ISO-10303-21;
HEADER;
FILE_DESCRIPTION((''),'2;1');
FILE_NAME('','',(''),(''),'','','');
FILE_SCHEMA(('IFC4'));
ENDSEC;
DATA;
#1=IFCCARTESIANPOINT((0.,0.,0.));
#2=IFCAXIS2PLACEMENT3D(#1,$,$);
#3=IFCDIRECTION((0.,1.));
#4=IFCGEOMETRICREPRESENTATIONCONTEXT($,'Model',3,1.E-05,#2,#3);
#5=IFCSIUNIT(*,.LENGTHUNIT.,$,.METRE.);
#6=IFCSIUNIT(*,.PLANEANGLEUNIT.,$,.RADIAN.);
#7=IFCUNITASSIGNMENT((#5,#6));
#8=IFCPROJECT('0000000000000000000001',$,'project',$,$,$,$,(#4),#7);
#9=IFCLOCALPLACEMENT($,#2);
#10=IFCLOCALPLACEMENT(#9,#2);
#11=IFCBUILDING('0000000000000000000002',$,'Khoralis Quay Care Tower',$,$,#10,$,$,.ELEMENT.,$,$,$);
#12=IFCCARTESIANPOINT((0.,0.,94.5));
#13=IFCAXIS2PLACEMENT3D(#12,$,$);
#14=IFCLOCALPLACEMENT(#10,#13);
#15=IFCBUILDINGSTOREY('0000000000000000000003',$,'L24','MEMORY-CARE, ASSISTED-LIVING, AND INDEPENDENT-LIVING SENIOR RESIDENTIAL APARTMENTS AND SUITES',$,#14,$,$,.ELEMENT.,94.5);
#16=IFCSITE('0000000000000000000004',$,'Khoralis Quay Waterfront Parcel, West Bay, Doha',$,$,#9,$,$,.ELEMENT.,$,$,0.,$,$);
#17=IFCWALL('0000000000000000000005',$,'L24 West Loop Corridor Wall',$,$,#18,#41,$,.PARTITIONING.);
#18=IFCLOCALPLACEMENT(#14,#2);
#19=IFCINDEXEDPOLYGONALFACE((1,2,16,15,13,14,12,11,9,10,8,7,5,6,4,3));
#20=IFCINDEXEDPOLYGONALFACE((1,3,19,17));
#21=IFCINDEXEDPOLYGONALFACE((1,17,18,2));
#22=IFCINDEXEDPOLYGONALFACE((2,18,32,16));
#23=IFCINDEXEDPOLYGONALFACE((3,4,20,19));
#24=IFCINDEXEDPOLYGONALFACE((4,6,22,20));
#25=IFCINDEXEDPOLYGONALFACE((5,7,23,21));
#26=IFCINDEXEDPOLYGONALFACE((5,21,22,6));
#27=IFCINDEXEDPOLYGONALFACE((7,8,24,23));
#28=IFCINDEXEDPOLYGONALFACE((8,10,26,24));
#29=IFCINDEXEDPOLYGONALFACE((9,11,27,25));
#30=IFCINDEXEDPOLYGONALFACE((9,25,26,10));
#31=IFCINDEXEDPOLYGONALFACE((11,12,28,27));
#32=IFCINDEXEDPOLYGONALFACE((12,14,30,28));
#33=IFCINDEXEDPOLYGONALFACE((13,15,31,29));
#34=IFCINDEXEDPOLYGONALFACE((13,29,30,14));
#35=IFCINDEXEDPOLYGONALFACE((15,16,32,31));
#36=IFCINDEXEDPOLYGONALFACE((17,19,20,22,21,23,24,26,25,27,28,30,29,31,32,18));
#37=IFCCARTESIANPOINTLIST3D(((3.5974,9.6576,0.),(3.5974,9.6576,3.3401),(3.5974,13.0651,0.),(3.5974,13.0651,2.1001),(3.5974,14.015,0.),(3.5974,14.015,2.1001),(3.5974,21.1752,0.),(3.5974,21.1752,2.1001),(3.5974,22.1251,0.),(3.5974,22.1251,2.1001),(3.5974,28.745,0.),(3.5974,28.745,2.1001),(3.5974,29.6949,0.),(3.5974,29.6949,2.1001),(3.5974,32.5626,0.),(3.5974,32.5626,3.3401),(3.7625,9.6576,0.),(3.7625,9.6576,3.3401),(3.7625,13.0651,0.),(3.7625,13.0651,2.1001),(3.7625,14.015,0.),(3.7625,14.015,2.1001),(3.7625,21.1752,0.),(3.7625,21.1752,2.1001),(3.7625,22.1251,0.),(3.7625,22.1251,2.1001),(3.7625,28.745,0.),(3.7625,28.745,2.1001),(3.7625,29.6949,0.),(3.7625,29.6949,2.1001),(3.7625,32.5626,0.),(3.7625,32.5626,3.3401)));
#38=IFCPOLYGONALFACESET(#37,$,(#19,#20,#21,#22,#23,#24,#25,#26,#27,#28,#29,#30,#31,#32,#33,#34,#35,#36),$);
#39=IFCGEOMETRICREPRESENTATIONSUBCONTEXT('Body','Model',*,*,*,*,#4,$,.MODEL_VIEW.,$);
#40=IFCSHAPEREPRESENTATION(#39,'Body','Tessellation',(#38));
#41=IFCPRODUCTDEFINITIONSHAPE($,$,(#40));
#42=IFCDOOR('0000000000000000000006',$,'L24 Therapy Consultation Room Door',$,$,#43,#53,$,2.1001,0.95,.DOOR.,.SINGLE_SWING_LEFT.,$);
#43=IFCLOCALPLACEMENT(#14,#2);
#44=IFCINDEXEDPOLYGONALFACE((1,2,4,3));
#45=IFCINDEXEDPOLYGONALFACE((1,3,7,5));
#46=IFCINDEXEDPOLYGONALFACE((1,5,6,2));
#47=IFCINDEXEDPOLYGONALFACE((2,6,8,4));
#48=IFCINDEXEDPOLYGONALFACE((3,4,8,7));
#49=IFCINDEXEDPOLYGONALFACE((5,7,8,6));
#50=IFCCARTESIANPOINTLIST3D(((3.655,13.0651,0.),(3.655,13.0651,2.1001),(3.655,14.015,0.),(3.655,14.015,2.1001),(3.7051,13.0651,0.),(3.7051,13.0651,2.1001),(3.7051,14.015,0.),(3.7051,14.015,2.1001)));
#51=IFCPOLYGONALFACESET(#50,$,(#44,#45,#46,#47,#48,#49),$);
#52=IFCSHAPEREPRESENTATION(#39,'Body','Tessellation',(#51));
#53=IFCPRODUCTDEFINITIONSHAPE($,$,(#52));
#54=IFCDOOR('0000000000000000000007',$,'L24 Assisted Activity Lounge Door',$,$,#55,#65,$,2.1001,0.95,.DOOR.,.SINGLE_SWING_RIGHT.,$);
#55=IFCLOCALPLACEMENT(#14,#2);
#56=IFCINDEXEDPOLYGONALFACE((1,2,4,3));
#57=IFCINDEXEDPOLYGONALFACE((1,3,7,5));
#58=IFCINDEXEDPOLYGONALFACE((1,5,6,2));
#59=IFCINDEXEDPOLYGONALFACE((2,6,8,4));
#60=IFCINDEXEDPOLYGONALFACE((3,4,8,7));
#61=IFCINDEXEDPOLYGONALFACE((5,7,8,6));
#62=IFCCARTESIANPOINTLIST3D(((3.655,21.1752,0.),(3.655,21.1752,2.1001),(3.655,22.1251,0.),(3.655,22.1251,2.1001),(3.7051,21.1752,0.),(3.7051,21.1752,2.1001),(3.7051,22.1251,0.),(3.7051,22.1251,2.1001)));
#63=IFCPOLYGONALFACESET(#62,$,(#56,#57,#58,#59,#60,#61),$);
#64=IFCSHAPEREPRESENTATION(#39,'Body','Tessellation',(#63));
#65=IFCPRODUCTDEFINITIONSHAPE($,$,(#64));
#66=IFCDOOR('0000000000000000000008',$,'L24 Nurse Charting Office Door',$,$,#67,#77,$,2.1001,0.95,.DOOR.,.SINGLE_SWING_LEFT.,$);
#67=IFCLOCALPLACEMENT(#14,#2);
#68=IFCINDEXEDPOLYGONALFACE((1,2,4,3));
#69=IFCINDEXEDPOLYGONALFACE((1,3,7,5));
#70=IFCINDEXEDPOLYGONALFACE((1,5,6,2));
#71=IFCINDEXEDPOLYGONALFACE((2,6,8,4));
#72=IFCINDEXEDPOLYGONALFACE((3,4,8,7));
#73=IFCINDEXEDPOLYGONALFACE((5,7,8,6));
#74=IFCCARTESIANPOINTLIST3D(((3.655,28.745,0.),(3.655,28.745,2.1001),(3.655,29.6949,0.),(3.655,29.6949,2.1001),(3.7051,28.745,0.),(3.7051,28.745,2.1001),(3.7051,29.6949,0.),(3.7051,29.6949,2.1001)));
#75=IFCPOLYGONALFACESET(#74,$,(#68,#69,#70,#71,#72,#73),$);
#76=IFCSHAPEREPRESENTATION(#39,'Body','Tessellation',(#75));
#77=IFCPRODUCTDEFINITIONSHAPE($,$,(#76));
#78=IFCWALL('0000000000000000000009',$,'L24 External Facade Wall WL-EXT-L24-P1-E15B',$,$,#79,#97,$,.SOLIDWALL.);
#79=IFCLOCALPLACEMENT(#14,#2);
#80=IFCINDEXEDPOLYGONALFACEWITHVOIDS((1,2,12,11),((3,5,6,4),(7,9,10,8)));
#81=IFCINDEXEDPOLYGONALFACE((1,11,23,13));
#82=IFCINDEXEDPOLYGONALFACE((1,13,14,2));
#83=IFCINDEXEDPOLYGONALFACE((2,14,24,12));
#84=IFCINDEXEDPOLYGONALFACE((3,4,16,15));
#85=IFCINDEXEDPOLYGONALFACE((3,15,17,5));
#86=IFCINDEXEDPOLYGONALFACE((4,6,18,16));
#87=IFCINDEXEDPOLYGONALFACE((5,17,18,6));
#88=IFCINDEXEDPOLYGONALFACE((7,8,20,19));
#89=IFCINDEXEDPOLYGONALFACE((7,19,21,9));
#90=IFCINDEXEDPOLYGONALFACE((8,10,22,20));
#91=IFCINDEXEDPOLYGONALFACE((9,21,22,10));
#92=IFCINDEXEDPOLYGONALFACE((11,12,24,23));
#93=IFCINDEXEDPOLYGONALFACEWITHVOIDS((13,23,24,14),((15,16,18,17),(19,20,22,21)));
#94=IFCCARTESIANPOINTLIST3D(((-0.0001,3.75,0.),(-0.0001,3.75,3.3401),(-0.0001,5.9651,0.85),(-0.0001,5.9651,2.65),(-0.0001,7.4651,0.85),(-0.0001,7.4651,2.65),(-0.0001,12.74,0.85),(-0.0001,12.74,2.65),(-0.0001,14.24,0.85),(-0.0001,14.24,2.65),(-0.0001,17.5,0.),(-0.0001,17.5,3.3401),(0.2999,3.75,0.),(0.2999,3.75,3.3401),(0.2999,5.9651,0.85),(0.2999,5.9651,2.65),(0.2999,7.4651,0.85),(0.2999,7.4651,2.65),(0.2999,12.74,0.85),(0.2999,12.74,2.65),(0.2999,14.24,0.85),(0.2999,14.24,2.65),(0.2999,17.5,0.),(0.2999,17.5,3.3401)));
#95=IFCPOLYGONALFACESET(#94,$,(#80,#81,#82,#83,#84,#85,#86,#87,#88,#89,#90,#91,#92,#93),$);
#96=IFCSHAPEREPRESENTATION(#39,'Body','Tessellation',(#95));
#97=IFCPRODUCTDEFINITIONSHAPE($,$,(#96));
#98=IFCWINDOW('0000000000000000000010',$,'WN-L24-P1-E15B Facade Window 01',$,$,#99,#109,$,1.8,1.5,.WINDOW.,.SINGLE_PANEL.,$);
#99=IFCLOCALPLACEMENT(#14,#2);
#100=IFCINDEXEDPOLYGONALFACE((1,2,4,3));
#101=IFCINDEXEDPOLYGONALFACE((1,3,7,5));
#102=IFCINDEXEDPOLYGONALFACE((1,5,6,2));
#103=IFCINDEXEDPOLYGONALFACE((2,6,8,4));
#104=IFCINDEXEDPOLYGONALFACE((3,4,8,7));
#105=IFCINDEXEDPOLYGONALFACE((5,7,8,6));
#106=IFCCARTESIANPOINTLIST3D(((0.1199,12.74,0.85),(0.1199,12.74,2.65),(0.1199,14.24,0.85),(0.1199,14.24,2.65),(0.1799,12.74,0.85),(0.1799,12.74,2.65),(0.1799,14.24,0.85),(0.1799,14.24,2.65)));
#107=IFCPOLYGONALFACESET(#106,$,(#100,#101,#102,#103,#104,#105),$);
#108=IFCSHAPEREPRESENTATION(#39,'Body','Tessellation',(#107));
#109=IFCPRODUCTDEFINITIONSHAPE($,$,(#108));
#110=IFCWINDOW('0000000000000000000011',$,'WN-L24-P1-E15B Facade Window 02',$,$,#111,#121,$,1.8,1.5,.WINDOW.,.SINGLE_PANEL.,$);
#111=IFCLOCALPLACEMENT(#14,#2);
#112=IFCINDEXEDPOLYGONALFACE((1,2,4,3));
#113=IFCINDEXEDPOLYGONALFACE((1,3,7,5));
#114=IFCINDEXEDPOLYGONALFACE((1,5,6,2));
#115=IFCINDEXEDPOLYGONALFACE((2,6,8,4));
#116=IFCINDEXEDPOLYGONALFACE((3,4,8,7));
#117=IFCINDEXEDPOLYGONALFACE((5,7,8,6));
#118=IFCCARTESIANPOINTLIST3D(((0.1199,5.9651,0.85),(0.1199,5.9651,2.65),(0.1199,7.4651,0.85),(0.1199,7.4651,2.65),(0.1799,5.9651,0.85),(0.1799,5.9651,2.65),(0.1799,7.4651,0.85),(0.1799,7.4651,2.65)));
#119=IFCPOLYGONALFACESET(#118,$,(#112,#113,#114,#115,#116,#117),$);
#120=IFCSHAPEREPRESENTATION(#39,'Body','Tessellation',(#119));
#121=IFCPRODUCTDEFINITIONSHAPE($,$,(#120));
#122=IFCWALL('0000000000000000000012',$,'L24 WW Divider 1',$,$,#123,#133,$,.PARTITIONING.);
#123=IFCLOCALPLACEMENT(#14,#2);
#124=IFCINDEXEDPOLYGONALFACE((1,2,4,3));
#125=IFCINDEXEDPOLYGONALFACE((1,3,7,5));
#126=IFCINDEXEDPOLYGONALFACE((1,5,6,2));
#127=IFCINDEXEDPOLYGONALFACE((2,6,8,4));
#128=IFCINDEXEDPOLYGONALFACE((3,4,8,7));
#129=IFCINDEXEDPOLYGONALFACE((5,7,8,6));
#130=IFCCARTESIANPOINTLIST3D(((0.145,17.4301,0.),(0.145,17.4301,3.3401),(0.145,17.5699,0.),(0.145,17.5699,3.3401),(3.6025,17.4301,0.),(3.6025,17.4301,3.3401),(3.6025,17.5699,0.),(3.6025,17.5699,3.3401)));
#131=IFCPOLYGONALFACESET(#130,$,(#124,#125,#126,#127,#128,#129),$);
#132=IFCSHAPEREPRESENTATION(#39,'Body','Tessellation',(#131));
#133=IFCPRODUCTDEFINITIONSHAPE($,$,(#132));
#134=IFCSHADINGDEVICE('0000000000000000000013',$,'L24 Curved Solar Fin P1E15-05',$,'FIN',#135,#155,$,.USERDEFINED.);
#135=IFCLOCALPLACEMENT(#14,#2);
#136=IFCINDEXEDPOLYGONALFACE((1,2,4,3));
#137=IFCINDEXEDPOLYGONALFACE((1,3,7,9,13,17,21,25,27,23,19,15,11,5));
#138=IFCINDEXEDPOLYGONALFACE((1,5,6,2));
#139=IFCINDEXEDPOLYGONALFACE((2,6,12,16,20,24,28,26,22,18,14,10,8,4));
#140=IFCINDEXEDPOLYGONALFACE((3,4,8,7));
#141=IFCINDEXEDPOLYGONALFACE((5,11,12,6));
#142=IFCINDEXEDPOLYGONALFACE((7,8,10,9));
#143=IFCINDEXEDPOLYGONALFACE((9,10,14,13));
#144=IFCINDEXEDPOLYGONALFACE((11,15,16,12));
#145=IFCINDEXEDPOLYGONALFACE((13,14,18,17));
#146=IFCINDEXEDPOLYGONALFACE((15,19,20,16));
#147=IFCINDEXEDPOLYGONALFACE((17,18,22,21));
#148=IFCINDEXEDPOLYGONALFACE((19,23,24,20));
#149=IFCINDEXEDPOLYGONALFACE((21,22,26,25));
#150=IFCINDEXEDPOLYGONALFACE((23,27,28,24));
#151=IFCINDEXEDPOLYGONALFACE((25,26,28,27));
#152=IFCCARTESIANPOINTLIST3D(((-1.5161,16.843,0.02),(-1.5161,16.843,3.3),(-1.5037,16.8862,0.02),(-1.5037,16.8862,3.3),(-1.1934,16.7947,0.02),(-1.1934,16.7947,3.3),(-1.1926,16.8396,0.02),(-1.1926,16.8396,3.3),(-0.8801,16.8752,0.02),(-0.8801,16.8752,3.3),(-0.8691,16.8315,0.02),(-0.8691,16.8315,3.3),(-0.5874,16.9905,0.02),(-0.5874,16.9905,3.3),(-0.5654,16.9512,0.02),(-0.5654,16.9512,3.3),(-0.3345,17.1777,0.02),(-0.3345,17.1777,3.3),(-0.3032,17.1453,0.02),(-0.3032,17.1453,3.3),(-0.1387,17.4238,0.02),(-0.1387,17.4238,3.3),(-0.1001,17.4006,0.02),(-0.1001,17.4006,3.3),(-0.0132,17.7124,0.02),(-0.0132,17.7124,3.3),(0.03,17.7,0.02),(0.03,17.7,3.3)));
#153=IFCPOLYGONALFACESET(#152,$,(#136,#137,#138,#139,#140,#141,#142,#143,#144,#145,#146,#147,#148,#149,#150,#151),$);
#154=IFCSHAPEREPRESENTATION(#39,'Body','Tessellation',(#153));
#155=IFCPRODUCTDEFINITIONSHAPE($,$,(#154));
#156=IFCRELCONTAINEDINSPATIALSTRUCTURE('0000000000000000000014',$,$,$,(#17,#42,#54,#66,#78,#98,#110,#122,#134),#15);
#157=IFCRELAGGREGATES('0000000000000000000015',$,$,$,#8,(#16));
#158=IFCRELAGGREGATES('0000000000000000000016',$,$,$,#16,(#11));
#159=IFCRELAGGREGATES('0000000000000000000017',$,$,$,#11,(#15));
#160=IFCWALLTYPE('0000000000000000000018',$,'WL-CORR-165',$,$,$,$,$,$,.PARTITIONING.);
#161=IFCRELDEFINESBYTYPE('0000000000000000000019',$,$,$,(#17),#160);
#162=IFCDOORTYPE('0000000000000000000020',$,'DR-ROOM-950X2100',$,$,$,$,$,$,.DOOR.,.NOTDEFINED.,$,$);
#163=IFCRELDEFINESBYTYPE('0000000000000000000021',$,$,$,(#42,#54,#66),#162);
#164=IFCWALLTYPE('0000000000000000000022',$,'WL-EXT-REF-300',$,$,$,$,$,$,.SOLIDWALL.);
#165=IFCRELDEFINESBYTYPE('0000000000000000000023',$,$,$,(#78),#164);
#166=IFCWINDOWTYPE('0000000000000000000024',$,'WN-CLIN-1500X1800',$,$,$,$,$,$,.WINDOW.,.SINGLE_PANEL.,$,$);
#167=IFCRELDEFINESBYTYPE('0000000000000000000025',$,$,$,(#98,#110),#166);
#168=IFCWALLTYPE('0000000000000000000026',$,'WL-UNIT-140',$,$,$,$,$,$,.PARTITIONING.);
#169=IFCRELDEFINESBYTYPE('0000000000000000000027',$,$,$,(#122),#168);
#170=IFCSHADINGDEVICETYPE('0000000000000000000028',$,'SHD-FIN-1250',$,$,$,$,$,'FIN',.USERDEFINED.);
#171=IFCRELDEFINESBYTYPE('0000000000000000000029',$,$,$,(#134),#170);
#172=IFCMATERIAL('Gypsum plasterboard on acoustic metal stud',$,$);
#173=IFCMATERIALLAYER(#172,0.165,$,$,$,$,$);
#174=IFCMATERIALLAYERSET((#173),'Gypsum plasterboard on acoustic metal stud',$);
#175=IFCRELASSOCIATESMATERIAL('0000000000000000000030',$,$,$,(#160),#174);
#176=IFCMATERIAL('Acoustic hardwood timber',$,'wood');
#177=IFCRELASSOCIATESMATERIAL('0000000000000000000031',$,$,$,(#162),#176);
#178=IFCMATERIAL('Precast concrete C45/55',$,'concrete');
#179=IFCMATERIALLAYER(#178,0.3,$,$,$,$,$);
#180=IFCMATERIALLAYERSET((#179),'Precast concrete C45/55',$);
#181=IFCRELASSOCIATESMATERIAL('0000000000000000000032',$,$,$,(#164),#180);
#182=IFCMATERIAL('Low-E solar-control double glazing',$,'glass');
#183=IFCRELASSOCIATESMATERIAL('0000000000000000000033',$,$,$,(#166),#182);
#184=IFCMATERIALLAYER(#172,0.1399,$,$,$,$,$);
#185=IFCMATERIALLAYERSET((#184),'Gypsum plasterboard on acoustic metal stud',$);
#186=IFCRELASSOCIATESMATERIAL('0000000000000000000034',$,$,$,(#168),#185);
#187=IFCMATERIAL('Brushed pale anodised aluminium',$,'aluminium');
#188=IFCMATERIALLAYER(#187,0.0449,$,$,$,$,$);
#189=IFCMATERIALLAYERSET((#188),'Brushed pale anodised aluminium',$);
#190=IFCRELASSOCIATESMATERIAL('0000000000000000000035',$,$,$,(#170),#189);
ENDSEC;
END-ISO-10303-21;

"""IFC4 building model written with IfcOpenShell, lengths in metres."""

from ifc_helpers import new_model, si_unit, direction, frame, frame_2d, origin, place, context, subcontext, project, spatial, polyline, rectangle, outline, extrude, source, transform, mapped, material, layer, layer_set, type_object, element, fill, save


model = new_model("IFC4")

# Units and contexts
model_context = context("Model", 3, precision=1e-05, world=origin(), true_north=direction((0.0, 1.0)))
body_context = subcontext(model_context, "Body", "Model", "MODEL_VIEW")
ifc_project = project(units=[si_unit("LENGTHUNIT", "METRE"), si_unit("PLANEANGLEUNIT", "RADIAN")], contexts=[model_context])

# Site, building, storey
site_placement = place(None, origin())
site = spatial("IfcSite", under=ifc_project, at=site_placement, Name="Khoralis Quay Waterfront Parcel, West Bay, Doha", CompositionType="ELEMENT", RefElevation=0.0)
building_placement = place(site_placement, origin())
building = spatial("IfcBuilding", under=site, at=building_placement, Name="Khoralis Quay Care Tower", CompositionType="ELEMENT")
storey_placement = place(building_placement, frame((0.0, 0.0, 94.5)))
storey = spatial("IfcBuildingStorey", under=building, at=storey_placement, Name="L24", Description="MEMORY-CARE, ASSISTED-LIVING, AND INDEPENDENT-LIVING SENIOR RESIDENTIAL APARTMENTS AND SUITES", CompositionType="ELEMENT", Elevation=94.5)

# Wall, openings, doors
ifc_material_1 = material(Name="Gypsum plasterboard on acoustic metal stud")
ifc_layer_1 = layer(ifc_material_1, 0.165)
ifc_layer_set_1 = layer_set([ifc_layer_1], Name="Gypsum plasterboard on acoustic metal stud")
wall_type_1 = type_object("IfcWallType", Name="WL-CORR-165", PredefinedType="PARTITIONING", material=ifc_layer_set_1)
ifc_material_2 = material(Name="Acoustic hardwood timber", Category="wood")
door_type_1 = type_object("IfcDoorType", Name="DR-ROOM-950X2100", OperationType="NOTDEFINED", PredefinedType="DOOR", material=ifc_material_2)
shared_shape_1 = source(origin(), body_context, "Body", "SweptSolid", [
    extrude(rectangle(XDim=0.95, YDim=2.1001, at=frame_2d((0.4751, 1.05))), frame((0.0, 0.0249, 0.0), z_axis=(0.0, -1.0, 0.0), x_axis=(1.0, 0.0, 0.0)), (0.0, 0.0, 1.0), 0.05),
])
wall_1_placement = place(storey_placement, frame((3.6799, 9.6575, 0.0), z_axis=(0.0, 0.0, 1.0), x_axis=(0.0, 1.0, 0.0)))
wall_1 = element("IfcWall", 1, at=wall_1_placement, inside=storey, type_object=wall_type_1, Name="L24 West Loop Corridor Wall", PredefinedType="PARTITIONING", context=body_context, shape_type="SweptSolid", body=[
    extrude(rectangle(XDim=22.905, YDim=0.165, at=frame_2d((11.4526, 0.0))), origin(), (0.0, 0.0, 1.0), 3.3401),
])
opening_1_placement = place(wall_1_placement, frame((3.4075, 0.0, 0.0)))
opening_1 = element("IfcOpeningElement", 2, at=opening_1_placement, cuts=wall_1, PredefinedType="OPENING", context=body_context, shape_type="SweptSolid", body=[
    extrude(rectangle(XDim=0.95, YDim=2.1001, at=frame_2d((0.4751, 1.05))), frame((0.0, 0.0925, 0.0), z_axis=(0.0, -1.0, 0.0), x_axis=(1.0, 0.0, 0.0)), (0.0, 0.0, 1.0), 0.1851),
])
opening_2_placement = place(wall_1_placement, frame((11.5176, 0.0, 0.0)))
opening_2 = element("IfcOpeningElement", 3, at=opening_2_placement, cuts=wall_1, PredefinedType="OPENING", context=body_context, shape_type="SweptSolid", body=[
    extrude(rectangle(XDim=0.95, YDim=2.1001, at=frame_2d((0.4751, 1.05))), frame((0.0, 0.0925, 0.0), z_axis=(0.0, -1.0, 0.0), x_axis=(1.0, 0.0, 0.0)), (0.0, 0.0, 1.0), 0.1851),
])
opening_3_placement = place(wall_1_placement, frame((19.0874, 0.0, 0.0)))
opening_3 = element("IfcOpeningElement", 4, at=opening_3_placement, cuts=wall_1, PredefinedType="OPENING", context=body_context, shape_type="SweptSolid", body=[
    extrude(rectangle(XDim=0.95, YDim=2.1001, at=frame_2d((0.4751, 1.05))), frame((0.0, 0.0925, 0.0), z_axis=(0.0, -1.0, 0.0), x_axis=(1.0, 0.0, 0.0)), (0.0, 0.0, 1.0), 0.1851),
])
door_1_placement = place(opening_1_placement, origin())
door_1 = element("IfcDoor", 5, at=door_1_placement, inside=storey, type_object=door_type_1, Name="L24 Therapy Consultation Room Door", OperationType="SINGLE_SWING_LEFT", OverallHeight=2.1001, OverallWidth=0.95, PredefinedType="DOOR", context=body_context, shape_type="MappedRepresentation", body=[
    mapped(shared_shape_1, transform((0.0, 0.0, 0.0), scale=1.0)),
])
fill(opening_1, door_1)
door_2_placement = place(opening_2_placement, origin())
door_2 = element("IfcDoor", 6, at=door_2_placement, inside=storey, type_object=door_type_1, Name="L24 Assisted Activity Lounge Door", OperationType="SINGLE_SWING_RIGHT", OverallHeight=2.1001, OverallWidth=0.95, PredefinedType="DOOR", context=body_context, shape_type="MappedRepresentation", body=[
    mapped(shared_shape_1, transform((0.0, 0.0, 0.0), scale=1.0)),
])
fill(opening_2, door_2)
door_3_placement = place(opening_3_placement, origin())
door_3 = element("IfcDoor", 7, at=door_3_placement, inside=storey, type_object=door_type_1, Name="L24 Nurse Charting Office Door", OperationType="SINGLE_SWING_LEFT", OverallHeight=2.1001, OverallWidth=0.95, PredefinedType="DOOR", context=body_context, shape_type="MappedRepresentation", body=[
    mapped(shared_shape_1, transform((0.0, 0.0, 0.0), scale=1.0)),
])
fill(opening_3, door_3)

# Wall, openings, windows
ifc_material_3 = material(Name="Precast concrete C45/55", Category="concrete")
ifc_layer_2 = layer(ifc_material_3, 0.3)
ifc_layer_set_2 = layer_set([ifc_layer_2], Name="Precast concrete C45/55")
wall_type_2 = type_object("IfcWallType", Name="WL-EXT-REF-300", PredefinedType="SOLIDWALL", material=ifc_layer_set_2)
wall_2_placement = place(storey_placement, frame((0.1499, 17.5, 0.0), z_axis=(0.0, 0.0, 1.0), x_axis=(0.0, -1.0, 0.0)))
wall_2 = element("IfcWall", 8, at=wall_2_placement, inside=storey, type_object=wall_type_2, Name="L24 External Facade Wall WL-EXT-L24-P1-E15B", PredefinedType="SOLIDWALL", context=body_context, shape_type="SweptSolid", body=[
    extrude(rectangle(XDim=13.75, YDim=0.3, at=frame_2d((6.875, 0.0))), origin(), (0.0, 0.0, 1.0), 3.3401),
])
opening_4_placement = place(wall_2_placement, frame((3.26, 0.0, 0.8501)))
opening_4 = element("IfcOpeningElement", 9, at=opening_4_placement, cuts=wall_2, PredefinedType="OPENING", context=body_context, shape_type="SweptSolid", body=[
    extrude(rectangle(XDim=1.5, YDim=1.8, at=frame_2d((0.75, 0.8999))), frame((0.0, 0.1602, 0.0), z_axis=(0.0, -1.0, 0.0), x_axis=(1.0, 0.0, 0.0)), (0.0, 0.0, 1.0), 0.3201),
])
opening_5_placement = place(wall_2_placement, frame((10.0349, 0.0, 0.8501)))
opening_5 = element("IfcOpeningElement", 10, at=opening_5_placement, cuts=wall_2, PredefinedType="OPENING", context=body_context, shape_type="SweptSolid", body=[
    extrude(rectangle(XDim=1.5, YDim=1.8, at=frame_2d((0.75, 0.8999))), frame((0.0, 0.1602, 0.0), z_axis=(0.0, -1.0, 0.0), x_axis=(1.0, 0.0, 0.0)), (0.0, 0.0, 1.0), 0.3201),
])
ifc_material_4 = material(Name="Low-E solar-control double glazing", Category="glass")
window_type = type_object("IfcWindowType", Name="WN-CLIN-1500X1800", PartitioningType="SINGLE_PANEL", PredefinedType="WINDOW", material=ifc_material_4)
shared_shape_2 = source(origin(), body_context, "Body", "SweptSolid", [
    extrude(rectangle(XDim=1.5, YDim=1.8, at=frame_2d((0.75, 0.8999))), frame((0.0, 0.03, 0.0), z_axis=(0.0, -1.0, 0.0), x_axis=(1.0, 0.0, 0.0)), (0.0, 0.0, 1.0), 0.0601),
])
window_1_placement = place(opening_4_placement, origin())
window_1 = element("IfcWindow", 11, at=window_1_placement, inside=storey, type_object=window_type, Name="WN-L24-P1-E15B Facade Window 01", OverallHeight=1.8, OverallWidth=1.5, PartitioningType="SINGLE_PANEL", PredefinedType="WINDOW", context=body_context, shape_type="MappedRepresentation", body=[
    mapped(shared_shape_2, transform((0.0, 0.0, 0.0), scale=1.0)),
])
fill(opening_4, window_1)
window_2_placement = place(opening_5_placement, origin())
window_2 = element("IfcWindow", 12, at=window_2_placement, inside=storey, type_object=window_type, Name="WN-L24-P1-E15B Facade Window 02", OverallHeight=1.8, OverallWidth=1.5, PartitioningType="SINGLE_PANEL", PredefinedType="WINDOW", context=body_context, shape_type="MappedRepresentation", body=[
    mapped(shared_shape_2, transform((0.0, 0.0, 0.0), scale=1.0)),
])
fill(opening_5, window_2)

# Wall
ifc_layer_3 = layer(ifc_material_1, 0.1399)
ifc_layer_set_3 = layer_set([ifc_layer_3], Name="Gypsum plasterboard on acoustic metal stud")
wall_type_3 = type_object("IfcWallType", Name="WL-UNIT-140", PredefinedType="PARTITIONING", material=ifc_layer_set_3)
wall_3_placement = place(storey_placement, frame((0.145, 17.5, 0.0), z_axis=(0.0, 0.0, 1.0), x_axis=(1.0, 0.0, 0.0)))
element("IfcWall", 13, at=wall_3_placement, inside=storey, type_object=wall_type_3, Name="L24 WW Divider 1", PredefinedType="PARTITIONING", context=body_context, shape_type="SweptSolid", body=[
    extrude(rectangle(XDim=3.4575, YDim=0.1399, at=frame_2d((1.7288, 0.0))), origin(), (0.0, 0.0, 1.0), 3.3401),
])

# Shading device
ifc_material_5 = material(Name="Brushed pale anodised aluminium", Category="aluminium")
ifc_layer_4 = layer(ifc_material_5, 0.0449)
ifc_layer_set_4 = layer_set([ifc_layer_4], Name="Brushed pale anodised aluminium")
shading_device_type = type_object("IfcShadingDeviceType", Name="SHD-FIN-1250", ElementType="FIN", PredefinedType="USERDEFINED", material=ifc_layer_set_4)
shared_shape_3 = source(origin(), body_context, "Body", "SweptSolid", [
    extrude(outline(polyline([(0.0, 0.0), (0.1301, 0.2993), (0.3333, 0.5547), (0.5955, 0.7488), (0.8992, 0.8684), (1.2234, 0.9053), (1.5461, 0.8569), (1.5337, 0.8137), (1.2227, 0.8604), (0.9102, 0.8247), (0.6174, 0.7095), (0.3645, 0.5222), (0.1687, 0.2761), (0.0432, -0.0125), (0.0, 0.0)])), origin(), (0.0, 0.0, 1.0), 3.28),
])
for number, where, z_axis, x_axis, name in (
    (14, (0.03, 17.7, 0.02), (0.0, 0.0, 1.0), (-1.0, 0.0, 0.0), "L24 Curved Solar Fin P1E15-05"),
):
    element("IfcShadingDevice", number, at=place(storey_placement, frame(where, z_axis=z_axis, x_axis=x_axis)), inside=storey, type_object=shading_device_type, Name=name, ObjectType="FIN", PredefinedType="USERDEFINED", context=body_context, shape_type="MappedRepresentation", body=[
        mapped(shared_shape_3, transform((0.0, 0.0, 0.0), scale=1.0)),
    ])

save(model, "model.ifc")
